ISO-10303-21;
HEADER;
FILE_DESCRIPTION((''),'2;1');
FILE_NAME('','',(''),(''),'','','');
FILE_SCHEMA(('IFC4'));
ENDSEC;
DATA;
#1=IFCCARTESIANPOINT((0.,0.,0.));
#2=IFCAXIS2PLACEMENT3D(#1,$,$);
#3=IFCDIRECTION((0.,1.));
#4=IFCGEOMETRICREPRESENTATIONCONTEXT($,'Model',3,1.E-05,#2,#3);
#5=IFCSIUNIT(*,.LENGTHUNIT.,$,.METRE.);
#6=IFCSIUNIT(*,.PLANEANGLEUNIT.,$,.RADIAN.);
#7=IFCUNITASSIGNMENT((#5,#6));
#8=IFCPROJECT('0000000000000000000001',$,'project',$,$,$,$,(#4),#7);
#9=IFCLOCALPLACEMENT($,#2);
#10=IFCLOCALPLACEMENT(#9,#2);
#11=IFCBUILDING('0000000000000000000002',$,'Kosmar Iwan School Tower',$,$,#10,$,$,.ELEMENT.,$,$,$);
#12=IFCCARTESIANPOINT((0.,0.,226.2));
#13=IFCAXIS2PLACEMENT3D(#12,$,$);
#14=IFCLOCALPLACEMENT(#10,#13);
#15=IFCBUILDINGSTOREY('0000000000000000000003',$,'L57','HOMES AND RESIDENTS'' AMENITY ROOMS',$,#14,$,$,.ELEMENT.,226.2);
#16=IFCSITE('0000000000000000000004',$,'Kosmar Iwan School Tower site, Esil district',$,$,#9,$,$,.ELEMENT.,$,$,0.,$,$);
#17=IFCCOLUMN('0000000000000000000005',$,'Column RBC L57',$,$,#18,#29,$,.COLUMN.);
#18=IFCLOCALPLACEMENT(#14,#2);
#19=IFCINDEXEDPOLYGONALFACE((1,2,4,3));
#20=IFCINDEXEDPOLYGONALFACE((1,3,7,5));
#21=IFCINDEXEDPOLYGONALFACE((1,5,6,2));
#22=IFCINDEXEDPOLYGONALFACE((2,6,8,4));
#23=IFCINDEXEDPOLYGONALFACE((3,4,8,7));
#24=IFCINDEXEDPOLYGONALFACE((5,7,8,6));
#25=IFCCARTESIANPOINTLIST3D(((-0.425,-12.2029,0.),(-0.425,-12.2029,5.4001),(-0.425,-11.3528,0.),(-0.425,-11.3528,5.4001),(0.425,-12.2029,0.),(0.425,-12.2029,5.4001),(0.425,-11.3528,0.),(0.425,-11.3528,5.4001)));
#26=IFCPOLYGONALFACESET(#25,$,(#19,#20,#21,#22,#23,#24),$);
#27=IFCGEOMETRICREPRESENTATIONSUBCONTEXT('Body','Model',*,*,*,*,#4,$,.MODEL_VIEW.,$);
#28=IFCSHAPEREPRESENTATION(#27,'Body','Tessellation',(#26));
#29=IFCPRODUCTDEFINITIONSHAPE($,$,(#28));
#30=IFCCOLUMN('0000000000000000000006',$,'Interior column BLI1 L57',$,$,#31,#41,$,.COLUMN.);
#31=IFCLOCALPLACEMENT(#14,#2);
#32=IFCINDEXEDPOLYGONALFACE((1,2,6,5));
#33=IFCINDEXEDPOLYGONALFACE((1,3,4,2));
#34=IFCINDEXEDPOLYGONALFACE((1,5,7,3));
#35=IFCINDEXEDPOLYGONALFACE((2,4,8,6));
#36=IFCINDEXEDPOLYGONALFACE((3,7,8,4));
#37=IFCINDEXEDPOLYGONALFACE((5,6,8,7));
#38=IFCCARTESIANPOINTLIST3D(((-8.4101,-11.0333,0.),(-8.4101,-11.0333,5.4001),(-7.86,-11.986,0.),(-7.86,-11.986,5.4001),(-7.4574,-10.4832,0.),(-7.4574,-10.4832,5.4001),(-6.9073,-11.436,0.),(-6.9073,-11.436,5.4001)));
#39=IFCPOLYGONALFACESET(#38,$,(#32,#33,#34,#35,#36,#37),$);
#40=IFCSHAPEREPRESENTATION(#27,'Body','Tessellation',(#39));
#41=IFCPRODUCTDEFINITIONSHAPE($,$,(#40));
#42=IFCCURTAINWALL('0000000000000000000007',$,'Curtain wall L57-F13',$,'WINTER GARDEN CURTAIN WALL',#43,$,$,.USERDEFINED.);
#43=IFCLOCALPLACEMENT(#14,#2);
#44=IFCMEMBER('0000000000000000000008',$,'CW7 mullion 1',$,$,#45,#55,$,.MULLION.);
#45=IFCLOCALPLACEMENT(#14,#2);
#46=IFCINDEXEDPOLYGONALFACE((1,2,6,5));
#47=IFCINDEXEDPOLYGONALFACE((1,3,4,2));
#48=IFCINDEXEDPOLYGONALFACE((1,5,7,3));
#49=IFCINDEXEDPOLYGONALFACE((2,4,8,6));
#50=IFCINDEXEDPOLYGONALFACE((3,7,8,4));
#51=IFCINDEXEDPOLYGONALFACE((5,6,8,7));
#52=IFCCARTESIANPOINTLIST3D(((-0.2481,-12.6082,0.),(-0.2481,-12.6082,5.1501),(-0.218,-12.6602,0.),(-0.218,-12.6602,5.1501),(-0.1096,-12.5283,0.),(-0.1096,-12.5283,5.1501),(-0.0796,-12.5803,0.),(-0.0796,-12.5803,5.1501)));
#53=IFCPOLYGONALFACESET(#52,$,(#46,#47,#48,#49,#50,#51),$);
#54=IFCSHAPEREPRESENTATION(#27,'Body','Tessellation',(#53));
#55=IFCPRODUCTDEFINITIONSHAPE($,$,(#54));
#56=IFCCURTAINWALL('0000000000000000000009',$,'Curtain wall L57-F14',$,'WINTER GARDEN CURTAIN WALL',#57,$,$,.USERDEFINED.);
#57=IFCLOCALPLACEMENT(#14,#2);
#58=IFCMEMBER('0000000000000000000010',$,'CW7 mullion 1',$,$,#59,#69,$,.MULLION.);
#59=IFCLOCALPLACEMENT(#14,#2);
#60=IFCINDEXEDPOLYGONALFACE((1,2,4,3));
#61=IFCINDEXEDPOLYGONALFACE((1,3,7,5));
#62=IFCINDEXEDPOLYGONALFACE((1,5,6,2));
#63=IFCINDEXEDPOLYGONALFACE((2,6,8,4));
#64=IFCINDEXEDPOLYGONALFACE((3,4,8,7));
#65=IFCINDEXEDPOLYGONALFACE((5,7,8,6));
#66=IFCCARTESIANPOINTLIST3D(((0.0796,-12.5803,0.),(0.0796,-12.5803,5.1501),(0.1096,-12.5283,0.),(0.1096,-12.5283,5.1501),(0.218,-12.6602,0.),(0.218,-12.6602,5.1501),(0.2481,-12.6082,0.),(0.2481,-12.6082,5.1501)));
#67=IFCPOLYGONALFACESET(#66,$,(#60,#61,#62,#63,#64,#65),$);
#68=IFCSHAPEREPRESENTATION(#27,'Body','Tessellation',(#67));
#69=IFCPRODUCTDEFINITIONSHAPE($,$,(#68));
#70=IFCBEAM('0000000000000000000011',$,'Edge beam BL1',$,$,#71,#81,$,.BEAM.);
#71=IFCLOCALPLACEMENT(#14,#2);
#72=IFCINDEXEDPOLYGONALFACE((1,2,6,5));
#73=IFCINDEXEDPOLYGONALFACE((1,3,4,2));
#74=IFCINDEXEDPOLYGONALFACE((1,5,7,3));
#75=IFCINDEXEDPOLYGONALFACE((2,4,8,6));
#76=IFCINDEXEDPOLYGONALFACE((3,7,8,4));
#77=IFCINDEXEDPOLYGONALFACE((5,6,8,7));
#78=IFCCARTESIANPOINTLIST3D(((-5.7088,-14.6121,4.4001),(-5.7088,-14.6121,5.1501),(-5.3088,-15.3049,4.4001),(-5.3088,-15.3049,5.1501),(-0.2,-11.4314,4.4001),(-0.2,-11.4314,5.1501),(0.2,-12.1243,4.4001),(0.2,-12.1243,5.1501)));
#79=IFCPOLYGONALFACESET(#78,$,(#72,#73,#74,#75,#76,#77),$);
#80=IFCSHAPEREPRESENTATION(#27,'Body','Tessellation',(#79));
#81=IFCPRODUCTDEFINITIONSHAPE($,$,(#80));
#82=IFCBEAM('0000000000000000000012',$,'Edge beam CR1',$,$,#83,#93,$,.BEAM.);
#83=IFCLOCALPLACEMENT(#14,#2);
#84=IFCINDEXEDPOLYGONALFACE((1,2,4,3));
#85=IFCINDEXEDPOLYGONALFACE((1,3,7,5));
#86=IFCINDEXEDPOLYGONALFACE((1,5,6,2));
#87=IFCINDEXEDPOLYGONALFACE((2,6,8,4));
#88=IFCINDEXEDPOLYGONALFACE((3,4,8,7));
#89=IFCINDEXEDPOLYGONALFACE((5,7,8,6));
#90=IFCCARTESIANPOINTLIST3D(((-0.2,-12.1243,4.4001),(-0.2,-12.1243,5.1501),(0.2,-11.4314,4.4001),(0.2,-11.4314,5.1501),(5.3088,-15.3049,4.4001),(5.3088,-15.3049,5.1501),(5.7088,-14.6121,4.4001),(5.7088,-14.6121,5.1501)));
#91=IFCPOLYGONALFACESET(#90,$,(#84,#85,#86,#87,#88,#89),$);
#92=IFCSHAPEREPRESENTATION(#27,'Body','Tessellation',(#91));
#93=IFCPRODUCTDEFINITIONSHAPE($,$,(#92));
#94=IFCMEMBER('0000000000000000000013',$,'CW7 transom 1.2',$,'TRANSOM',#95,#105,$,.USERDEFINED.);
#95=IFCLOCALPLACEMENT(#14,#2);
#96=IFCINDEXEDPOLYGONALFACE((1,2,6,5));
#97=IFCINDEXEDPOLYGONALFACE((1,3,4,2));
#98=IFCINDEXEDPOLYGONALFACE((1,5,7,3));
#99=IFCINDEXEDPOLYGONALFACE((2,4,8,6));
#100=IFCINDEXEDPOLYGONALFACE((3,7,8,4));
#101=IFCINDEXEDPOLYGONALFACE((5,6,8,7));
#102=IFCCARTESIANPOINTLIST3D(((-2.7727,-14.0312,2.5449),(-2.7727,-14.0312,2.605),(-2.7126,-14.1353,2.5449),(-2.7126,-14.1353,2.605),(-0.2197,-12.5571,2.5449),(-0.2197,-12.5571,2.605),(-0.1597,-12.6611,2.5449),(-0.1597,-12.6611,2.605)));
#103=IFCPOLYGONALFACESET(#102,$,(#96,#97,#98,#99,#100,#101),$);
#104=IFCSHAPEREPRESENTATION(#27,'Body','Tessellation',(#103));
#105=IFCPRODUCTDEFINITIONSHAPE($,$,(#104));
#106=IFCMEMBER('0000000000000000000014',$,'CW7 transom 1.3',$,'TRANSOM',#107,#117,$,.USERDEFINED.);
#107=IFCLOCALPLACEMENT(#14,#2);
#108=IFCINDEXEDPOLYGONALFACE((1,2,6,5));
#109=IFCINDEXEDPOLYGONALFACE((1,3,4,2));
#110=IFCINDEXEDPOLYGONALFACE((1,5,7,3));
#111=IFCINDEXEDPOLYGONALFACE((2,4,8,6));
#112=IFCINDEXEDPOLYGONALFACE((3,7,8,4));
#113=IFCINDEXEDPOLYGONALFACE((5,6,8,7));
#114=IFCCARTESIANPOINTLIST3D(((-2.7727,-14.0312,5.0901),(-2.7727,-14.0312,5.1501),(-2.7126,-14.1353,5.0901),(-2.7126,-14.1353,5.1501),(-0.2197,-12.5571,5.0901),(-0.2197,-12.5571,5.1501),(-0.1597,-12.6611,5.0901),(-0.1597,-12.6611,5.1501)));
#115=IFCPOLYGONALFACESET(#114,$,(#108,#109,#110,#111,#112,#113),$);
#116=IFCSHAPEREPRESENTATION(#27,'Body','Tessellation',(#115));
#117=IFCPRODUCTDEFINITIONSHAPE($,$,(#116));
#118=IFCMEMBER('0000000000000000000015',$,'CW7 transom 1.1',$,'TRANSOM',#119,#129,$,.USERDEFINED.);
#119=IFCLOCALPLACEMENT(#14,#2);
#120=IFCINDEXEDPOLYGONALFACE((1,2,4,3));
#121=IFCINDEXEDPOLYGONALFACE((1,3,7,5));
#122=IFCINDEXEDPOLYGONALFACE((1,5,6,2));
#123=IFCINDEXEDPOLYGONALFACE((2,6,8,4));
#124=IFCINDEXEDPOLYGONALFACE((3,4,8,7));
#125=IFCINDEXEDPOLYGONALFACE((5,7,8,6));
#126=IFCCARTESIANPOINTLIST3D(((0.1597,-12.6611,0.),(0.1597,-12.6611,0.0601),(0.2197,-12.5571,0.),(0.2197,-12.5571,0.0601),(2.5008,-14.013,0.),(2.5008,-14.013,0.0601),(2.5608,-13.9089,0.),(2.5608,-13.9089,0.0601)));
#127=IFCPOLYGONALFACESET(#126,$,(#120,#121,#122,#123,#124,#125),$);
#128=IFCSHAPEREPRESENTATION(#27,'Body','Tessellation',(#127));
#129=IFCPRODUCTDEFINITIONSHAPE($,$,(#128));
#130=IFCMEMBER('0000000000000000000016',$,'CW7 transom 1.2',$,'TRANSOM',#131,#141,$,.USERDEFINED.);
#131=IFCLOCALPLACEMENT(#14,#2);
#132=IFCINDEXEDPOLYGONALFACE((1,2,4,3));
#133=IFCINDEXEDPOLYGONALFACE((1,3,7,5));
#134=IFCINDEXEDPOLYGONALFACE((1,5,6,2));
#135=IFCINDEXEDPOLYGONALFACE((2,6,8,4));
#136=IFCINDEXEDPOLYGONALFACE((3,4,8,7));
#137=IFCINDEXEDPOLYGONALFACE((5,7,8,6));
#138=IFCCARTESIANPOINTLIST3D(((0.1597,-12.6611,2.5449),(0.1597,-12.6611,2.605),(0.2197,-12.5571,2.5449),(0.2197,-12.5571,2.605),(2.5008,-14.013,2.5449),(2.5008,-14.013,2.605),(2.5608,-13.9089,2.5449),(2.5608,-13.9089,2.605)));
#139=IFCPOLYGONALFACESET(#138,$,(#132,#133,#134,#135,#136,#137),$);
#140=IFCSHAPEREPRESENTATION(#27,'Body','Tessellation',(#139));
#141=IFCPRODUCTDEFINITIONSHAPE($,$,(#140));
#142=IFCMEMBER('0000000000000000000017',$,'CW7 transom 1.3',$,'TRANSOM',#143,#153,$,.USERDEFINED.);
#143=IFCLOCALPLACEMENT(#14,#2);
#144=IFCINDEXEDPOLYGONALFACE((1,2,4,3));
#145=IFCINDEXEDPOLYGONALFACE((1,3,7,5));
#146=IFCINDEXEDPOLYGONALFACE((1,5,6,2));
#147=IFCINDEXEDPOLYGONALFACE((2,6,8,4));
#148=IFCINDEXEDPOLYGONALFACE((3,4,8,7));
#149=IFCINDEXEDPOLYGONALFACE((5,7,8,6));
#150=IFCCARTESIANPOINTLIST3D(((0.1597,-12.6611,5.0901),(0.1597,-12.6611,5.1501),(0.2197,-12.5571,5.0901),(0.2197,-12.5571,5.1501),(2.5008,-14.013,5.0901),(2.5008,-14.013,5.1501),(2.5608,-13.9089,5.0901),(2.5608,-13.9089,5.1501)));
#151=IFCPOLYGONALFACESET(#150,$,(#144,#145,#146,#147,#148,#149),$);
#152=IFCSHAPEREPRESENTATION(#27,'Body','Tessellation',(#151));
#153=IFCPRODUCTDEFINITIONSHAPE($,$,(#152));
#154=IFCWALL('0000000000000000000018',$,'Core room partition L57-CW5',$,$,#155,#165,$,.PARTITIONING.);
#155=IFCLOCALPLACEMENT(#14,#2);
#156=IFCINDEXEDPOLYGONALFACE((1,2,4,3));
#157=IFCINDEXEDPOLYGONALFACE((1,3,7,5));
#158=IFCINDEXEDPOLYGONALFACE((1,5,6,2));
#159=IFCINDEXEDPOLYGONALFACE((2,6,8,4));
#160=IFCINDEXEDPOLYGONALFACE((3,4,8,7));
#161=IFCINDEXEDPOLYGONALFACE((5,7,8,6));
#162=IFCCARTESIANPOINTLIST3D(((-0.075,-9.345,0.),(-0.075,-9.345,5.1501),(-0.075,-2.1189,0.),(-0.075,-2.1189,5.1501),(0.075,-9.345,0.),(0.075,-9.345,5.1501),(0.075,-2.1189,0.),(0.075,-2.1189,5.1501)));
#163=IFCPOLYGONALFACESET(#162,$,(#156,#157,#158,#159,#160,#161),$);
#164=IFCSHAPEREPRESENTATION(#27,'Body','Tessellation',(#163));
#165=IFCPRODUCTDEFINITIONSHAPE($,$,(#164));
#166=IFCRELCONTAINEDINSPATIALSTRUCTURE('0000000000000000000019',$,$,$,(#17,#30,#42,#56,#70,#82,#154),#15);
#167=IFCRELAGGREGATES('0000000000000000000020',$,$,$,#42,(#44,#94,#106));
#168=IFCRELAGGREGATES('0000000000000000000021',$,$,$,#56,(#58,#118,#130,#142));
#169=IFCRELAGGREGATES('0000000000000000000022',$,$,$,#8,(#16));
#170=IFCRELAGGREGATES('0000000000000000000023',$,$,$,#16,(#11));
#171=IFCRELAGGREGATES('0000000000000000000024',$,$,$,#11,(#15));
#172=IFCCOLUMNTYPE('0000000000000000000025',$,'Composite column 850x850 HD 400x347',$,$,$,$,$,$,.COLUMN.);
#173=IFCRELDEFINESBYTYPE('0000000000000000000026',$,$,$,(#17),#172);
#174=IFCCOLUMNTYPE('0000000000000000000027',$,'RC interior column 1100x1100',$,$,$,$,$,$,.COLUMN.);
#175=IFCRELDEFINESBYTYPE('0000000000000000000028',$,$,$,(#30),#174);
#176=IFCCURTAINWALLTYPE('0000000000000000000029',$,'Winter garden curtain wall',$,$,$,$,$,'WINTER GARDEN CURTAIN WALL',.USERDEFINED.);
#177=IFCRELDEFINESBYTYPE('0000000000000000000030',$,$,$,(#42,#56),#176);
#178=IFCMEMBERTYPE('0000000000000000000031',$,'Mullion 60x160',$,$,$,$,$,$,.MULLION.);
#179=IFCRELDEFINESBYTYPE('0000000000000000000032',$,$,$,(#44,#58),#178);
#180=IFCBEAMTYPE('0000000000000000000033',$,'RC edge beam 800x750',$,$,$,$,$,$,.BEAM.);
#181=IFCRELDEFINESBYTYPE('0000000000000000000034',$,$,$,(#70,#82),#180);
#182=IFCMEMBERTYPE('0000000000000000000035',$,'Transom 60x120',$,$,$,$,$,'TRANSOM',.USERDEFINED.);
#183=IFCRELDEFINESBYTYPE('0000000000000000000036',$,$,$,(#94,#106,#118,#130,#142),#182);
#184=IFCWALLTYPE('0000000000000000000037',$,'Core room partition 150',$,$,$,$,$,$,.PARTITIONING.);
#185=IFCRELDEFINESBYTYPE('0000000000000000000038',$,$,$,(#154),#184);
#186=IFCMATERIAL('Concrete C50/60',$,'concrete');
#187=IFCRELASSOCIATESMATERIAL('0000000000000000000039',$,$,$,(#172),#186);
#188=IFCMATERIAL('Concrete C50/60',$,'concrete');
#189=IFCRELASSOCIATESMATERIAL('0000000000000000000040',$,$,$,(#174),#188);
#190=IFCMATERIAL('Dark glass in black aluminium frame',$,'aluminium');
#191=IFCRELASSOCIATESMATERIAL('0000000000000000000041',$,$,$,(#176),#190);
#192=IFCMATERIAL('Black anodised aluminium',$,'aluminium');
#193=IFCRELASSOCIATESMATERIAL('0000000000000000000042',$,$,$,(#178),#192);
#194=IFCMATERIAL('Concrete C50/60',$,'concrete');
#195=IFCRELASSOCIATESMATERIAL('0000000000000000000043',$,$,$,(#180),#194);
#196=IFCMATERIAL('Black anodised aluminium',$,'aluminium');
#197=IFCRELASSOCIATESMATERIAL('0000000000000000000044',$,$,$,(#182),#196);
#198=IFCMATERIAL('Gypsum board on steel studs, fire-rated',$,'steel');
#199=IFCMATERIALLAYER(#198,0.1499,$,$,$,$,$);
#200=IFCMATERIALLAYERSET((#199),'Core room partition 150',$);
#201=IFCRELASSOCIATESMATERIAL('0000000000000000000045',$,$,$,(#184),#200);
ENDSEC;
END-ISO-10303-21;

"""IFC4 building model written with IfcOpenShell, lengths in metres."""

from ifc_helpers import new_model, si_unit, direction, frame, frame_2d, origin, origin_2d, place, context, subcontext, project, spatial, rectangle, extrude, material, layer, layer_set, material_profile, profile_set, type_object, element, aggregate, save


model = new_model("IFC4")

# Units and contexts
model_context = context("Model", 3, precision=1e-05, world=origin(), true_north=direction((0.0, 1.0)))
body_context = subcontext(model_context, "Body", "Model", "MODEL_VIEW")
ifc_project = project(units=[si_unit("LENGTHUNIT", "METRE"), si_unit("PLANEANGLEUNIT", "RADIAN")], contexts=[model_context])

# Site, building, storey
site_placement = place(None, origin())
site = spatial("IfcSite", under=ifc_project, at=site_placement, Name="Kosmar Iwan School Tower site, Esil district", CompositionType="ELEMENT", RefElevation=0.0)
building_placement = place(site_placement, origin())
building = spatial("IfcBuilding", under=site, at=building_placement, Name="Kosmar Iwan School Tower", CompositionType="ELEMENT")
storey_placement = place(building_placement, frame((0.0, 0.0, 226.2)))
storey = spatial("IfcBuildingStorey", under=building, at=storey_placement, Name="L57", Description="HOMES AND RESIDENTS' AMENITY ROOMS", CompositionType="ELEMENT", Elevation=226.2)

# Columns
ifc_material_1 = material(Name="Concrete C50/60", Category="concrete")
ifc_material_profile_1 = material_profile(ifc_material_1, rectangle(XDim=0.8501, YDim=0.8501, at=origin_2d()), Name="RC 850x850 + HD 400x347")
ifc_profile_set_1 = profile_set([ifc_material_profile_1], Name="Concrete C50/60")
column_type_1 = type_object("IfcColumnType", Name="Composite column 850x850 HD 400x347", PredefinedType="COLUMN", material=ifc_profile_set_1)
column_1_placement = place(storey_placement, frame((0.0, -11.7778, 0.0), z_axis=(0.0, 0.0, 1.0), x_axis=(1.0, 0.0, 0.0)))
element("IfcColumn", 1, at=column_1_placement, inside=storey, type_object=column_type_1, Name="Column RBC L57", PredefinedType="COLUMN", context=body_context, shape_type="SweptSolid", body=[
    extrude(rectangle(XDim=0.8501, YDim=0.8501, at=origin_2d()), origin(), (0.0, 0.0, 1.0), 5.4001),
])
ifc_material_2 = material(Name="Concrete C50/60", Category="concrete")
ifc_material_profile_2 = material_profile(ifc_material_2, rectangle(XDim=1.1001, YDim=1.1001, at=origin_2d()), Name="RC 1100x1100")
ifc_profile_set_2 = profile_set([ifc_material_profile_2], Name="Concrete C50/60")
column_type_2 = type_object("IfcColumnType", Name="RC interior column 1100x1100", PredefinedType="COLUMN", material=ifc_profile_set_2)
column_2_placement = place(storey_placement, frame((-7.6587, -11.2346, 0.0), z_axis=(0.0, 0.0, 1.0), x_axis=(-0.866025, -0.5, 0.0)))
element("IfcColumn", 2, at=column_2_placement, inside=storey, type_object=column_type_2, Name="Interior column BLI1 L57", PredefinedType="COLUMN", context=body_context, shape_type="SweptSolid", body=[
    extrude(rectangle(XDim=1.1001, YDim=1.1001, at=origin_2d()), origin(), (0.0, 0.0, 1.0), 5.4001),
])

# Curtain walls, members
ifc_material_3 = material(Name="Dark glass in black aluminium frame", Category="aluminium")
curtain_wall_type = type_object("IfcCurtainWallType", Name="Winter garden curtain wall", ElementType="WINTER GARDEN CURTAIN WALL", PredefinedType="USERDEFINED", material=ifc_material_3)
curtain_wall_1_placement = place(storey_placement, origin())
curtain_wall_1 = element("IfcCurtainWall", 3, at=curtain_wall_1_placement, inside=storey, type_object=curtain_wall_type, Name="Curtain wall L57-F13", ObjectType="WINTER GARDEN CURTAIN WALL", PredefinedType="USERDEFINED")
ifc_material_4 = material(Name="Black anodised aluminium", Category="aluminium")
ifc_material_profile_3 = material_profile(ifc_material_4, rectangle(XDim=0.0601, YDim=0.1599, at=origin_2d()), Name="MULLION 60x160")
ifc_profile_set_3 = profile_set([ifc_material_profile_3], Name="Black anodised aluminium")
member_type_1 = type_object("IfcMemberType", Name="Mullion 60x160", PredefinedType="MULLION", material=ifc_profile_set_3)
member_1_placement = place(storey_placement, frame((-0.1638, -12.5942, 0.0), z_axis=(0.0, 0.0, 1.0), x_axis=(0.5, -0.866025, 0.0)))
member_1 = element("IfcMember", 4, at=member_1_placement, type_object=member_type_1, Name="CW7 mullion 1", PredefinedType="MULLION", context=body_context, shape_type="SweptSolid", body=[
    extrude(rectangle(XDim=0.0601, YDim=0.1599, at=origin_2d()), origin(), (0.0, 0.0, 1.0), 5.1501),
])
curtain_wall_2_placement = place(storey_placement, origin())
curtain_wall_2 = element("IfcCurtainWall", 5, at=curtain_wall_2_placement, inside=storey, type_object=curtain_wall_type, Name="Curtain wall L57-F14", ObjectType="WINTER GARDEN CURTAIN WALL", PredefinedType="USERDEFINED")
member_2_placement = place(storey_placement, frame((0.1638, -12.5942, 0.0), z_axis=(0.0, 0.0, 1.0), x_axis=(0.5, 0.866025, 0.0)))
member_2 = element("IfcMember", 6, at=member_2_placement, type_object=member_type_1, Name="CW7 mullion 1", PredefinedType="MULLION", context=body_context, shape_type="SweptSolid", body=[
    extrude(rectangle(XDim=0.0601, YDim=0.1599, at=origin_2d()), origin(), (0.0, 0.0, 1.0), 5.1501),
])

# Beams
ifc_material_5 = material(Name="Concrete C50/60", Category="concrete")
ifc_material_profile_4 = material_profile(ifc_material_5, rectangle(XDim=0.8, YDim=0.75, at=origin_2d()), Name="RC 800x750")
ifc_profile_set_4 = profile_set([ifc_material_profile_4], Name="Concrete C50/60")
beam_type = type_object("IfcBeamType", Name="RC edge beam 800x750", PredefinedType="BEAM", material=ifc_profile_set_4)
for number, where, z_axis, x_axis, name in (
    (7, (0.0, -11.7778, 4.7751), (-0.866014, -0.500019, 0.0), (0.500019, -0.866014, 0.0), "Edge beam BL1"),
    (8, (0.0, -11.7778, 4.7751), (0.866014, -0.500019, 0.0), (0.500019, 0.866014, 0.0), "Edge beam CR1"),
):
    element("IfcBeam", number, at=place(storey_placement, frame(where, z_axis=z_axis, x_axis=x_axis)), inside=storey, type_object=beam_type, Name=name, PredefinedType="BEAM", context=body_context, shape_type="SweptSolid", body=[
        extrude(rectangle(XDim=0.8, YDim=0.75, at=origin_2d()), origin(), (0.0, 0.0, 1.0), 6.3611),
    ])

# Members
ifc_material_6 = material(Name="Black anodised aluminium", Category="aluminium")
ifc_material_profile_5 = material_profile(ifc_material_6, rectangle(XDim=0.1201, YDim=0.0601, at=origin_2d()), Name="TRANSOM 60x120")
ifc_profile_set_5 = profile_set([ifc_material_profile_5], Name="Black anodised aluminium")
member_type_2 = type_object("IfcMemberType", Name="Transom 60x120", ElementType="TRANSOM", PredefinedType="USERDEFINED", material=ifc_profile_set_5)
member_3_placement = place(storey_placement, frame((-0.1897, -12.6091, 2.575), z_axis=(-0.866002, -0.50004, 0.0), x_axis=(0.50004, -0.866002, 0.0)))
member_3 = element("IfcMember", 9, at=member_3_placement, type_object=member_type_2, Name="CW7 transom 1.2", ObjectType="TRANSOM", PredefinedType="USERDEFINED", context=body_context, shape_type="SweptSolid", body=[
    extrude(rectangle(XDim=0.1201, YDim=0.0601, at=origin_2d()), origin(), (0.0, 0.0, 1.0), 2.948),
])
member_4_placement = place(storey_placement, frame((-0.1897, -12.6091, 5.1201), z_axis=(-0.866002, -0.50004, 0.0), x_axis=(0.50004, -0.866002, 0.0)))
member_4 = element("IfcMember", 10, at=member_4_placement, type_object=member_type_2, Name="CW7 transom 1.3", ObjectType="TRANSOM", PredefinedType="USERDEFINED", context=body_context, shape_type="SweptSolid", body=[
    extrude(rectangle(XDim=0.1201, YDim=0.0601, at=origin_2d()), origin(), (0.0, 0.0, 1.0), 2.948),
])
aggregate(curtain_wall_1, [member_1, member_3, member_4])
member_5_placement = place(storey_placement, frame((0.1897, -12.6091, 0.03), z_axis=(0.865995, -0.500053, 0.0), x_axis=(0.500053, 0.865995, 0.0)))
member_5 = element("IfcMember", 11, at=member_5_placement, type_object=member_type_2, Name="CW7 transom 1.1", ObjectType="TRANSOM", PredefinedType="USERDEFINED", context=body_context, shape_type="SweptSolid", body=[
    extrude(rectangle(XDim=0.1201, YDim=0.0601, at=origin_2d()), origin(), (0.0, 0.0, 1.0), 2.7034),
])
member_6_placement = place(storey_placement, frame((0.1897, -12.6091, 2.575), z_axis=(0.865995, -0.500053, 0.0), x_axis=(0.500053, 0.865995, 0.0)))
member_6 = element("IfcMember", 12, at=member_6_placement, type_object=member_type_2, Name="CW7 transom 1.2", ObjectType="TRANSOM", PredefinedType="USERDEFINED", context=body_context, shape_type="SweptSolid", body=[
    extrude(rectangle(XDim=0.1201, YDim=0.0601, at=origin_2d()), origin(), (0.0, 0.0, 1.0), 2.7034),
])
member_7_placement = place(storey_placement, frame((0.1897, -12.6091, 5.1201), z_axis=(0.865995, -0.500053, 0.0), x_axis=(0.500053, 0.865995, 0.0)))
member_7 = element("IfcMember", 13, at=member_7_placement, type_object=member_type_2, Name="CW7 transom 1.3", ObjectType="TRANSOM", PredefinedType="USERDEFINED", context=body_context, shape_type="SweptSolid", body=[
    extrude(rectangle(XDim=0.1201, YDim=0.0601, at=origin_2d()), origin(), (0.0, 0.0, 1.0), 2.7034),
])
aggregate(curtain_wall_2, [member_2, member_5, member_6, member_7])

# Wall
ifc_material_7 = material(Name="Gypsum board on steel studs, fire-rated", Category="steel")
ifc_layer_1 = layer(ifc_material_7, 0.1499)
ifc_layer_set_1 = layer_set([ifc_layer_1], Name="Core room partition 150")
wall_type_1 = type_object("IfcWallType", Name="Core room partition 150", PredefinedType="PARTITIONING", material=ifc_layer_set_1)
wall_1_placement = place(storey_placement, frame((0.0, -9.345, 0.0), z_axis=(0.0, 0.0, 1.0), x_axis=(0.0, 1.0, 0.0)))
element("IfcWall", 14, at=wall_1_placement, inside=storey, type_object=wall_type_1, Name="Core room partition L57-CW5", PredefinedType="PARTITIONING", context=body_context, shape_type="SweptSolid", body=[
    extrude(rectangle(XDim=7.2261, YDim=0.1499, at=frame_2d((3.613, 0.0))), origin(), (0.0, 0.0, 1.0), 5.1501),
])

save(model, "model.ifc")
